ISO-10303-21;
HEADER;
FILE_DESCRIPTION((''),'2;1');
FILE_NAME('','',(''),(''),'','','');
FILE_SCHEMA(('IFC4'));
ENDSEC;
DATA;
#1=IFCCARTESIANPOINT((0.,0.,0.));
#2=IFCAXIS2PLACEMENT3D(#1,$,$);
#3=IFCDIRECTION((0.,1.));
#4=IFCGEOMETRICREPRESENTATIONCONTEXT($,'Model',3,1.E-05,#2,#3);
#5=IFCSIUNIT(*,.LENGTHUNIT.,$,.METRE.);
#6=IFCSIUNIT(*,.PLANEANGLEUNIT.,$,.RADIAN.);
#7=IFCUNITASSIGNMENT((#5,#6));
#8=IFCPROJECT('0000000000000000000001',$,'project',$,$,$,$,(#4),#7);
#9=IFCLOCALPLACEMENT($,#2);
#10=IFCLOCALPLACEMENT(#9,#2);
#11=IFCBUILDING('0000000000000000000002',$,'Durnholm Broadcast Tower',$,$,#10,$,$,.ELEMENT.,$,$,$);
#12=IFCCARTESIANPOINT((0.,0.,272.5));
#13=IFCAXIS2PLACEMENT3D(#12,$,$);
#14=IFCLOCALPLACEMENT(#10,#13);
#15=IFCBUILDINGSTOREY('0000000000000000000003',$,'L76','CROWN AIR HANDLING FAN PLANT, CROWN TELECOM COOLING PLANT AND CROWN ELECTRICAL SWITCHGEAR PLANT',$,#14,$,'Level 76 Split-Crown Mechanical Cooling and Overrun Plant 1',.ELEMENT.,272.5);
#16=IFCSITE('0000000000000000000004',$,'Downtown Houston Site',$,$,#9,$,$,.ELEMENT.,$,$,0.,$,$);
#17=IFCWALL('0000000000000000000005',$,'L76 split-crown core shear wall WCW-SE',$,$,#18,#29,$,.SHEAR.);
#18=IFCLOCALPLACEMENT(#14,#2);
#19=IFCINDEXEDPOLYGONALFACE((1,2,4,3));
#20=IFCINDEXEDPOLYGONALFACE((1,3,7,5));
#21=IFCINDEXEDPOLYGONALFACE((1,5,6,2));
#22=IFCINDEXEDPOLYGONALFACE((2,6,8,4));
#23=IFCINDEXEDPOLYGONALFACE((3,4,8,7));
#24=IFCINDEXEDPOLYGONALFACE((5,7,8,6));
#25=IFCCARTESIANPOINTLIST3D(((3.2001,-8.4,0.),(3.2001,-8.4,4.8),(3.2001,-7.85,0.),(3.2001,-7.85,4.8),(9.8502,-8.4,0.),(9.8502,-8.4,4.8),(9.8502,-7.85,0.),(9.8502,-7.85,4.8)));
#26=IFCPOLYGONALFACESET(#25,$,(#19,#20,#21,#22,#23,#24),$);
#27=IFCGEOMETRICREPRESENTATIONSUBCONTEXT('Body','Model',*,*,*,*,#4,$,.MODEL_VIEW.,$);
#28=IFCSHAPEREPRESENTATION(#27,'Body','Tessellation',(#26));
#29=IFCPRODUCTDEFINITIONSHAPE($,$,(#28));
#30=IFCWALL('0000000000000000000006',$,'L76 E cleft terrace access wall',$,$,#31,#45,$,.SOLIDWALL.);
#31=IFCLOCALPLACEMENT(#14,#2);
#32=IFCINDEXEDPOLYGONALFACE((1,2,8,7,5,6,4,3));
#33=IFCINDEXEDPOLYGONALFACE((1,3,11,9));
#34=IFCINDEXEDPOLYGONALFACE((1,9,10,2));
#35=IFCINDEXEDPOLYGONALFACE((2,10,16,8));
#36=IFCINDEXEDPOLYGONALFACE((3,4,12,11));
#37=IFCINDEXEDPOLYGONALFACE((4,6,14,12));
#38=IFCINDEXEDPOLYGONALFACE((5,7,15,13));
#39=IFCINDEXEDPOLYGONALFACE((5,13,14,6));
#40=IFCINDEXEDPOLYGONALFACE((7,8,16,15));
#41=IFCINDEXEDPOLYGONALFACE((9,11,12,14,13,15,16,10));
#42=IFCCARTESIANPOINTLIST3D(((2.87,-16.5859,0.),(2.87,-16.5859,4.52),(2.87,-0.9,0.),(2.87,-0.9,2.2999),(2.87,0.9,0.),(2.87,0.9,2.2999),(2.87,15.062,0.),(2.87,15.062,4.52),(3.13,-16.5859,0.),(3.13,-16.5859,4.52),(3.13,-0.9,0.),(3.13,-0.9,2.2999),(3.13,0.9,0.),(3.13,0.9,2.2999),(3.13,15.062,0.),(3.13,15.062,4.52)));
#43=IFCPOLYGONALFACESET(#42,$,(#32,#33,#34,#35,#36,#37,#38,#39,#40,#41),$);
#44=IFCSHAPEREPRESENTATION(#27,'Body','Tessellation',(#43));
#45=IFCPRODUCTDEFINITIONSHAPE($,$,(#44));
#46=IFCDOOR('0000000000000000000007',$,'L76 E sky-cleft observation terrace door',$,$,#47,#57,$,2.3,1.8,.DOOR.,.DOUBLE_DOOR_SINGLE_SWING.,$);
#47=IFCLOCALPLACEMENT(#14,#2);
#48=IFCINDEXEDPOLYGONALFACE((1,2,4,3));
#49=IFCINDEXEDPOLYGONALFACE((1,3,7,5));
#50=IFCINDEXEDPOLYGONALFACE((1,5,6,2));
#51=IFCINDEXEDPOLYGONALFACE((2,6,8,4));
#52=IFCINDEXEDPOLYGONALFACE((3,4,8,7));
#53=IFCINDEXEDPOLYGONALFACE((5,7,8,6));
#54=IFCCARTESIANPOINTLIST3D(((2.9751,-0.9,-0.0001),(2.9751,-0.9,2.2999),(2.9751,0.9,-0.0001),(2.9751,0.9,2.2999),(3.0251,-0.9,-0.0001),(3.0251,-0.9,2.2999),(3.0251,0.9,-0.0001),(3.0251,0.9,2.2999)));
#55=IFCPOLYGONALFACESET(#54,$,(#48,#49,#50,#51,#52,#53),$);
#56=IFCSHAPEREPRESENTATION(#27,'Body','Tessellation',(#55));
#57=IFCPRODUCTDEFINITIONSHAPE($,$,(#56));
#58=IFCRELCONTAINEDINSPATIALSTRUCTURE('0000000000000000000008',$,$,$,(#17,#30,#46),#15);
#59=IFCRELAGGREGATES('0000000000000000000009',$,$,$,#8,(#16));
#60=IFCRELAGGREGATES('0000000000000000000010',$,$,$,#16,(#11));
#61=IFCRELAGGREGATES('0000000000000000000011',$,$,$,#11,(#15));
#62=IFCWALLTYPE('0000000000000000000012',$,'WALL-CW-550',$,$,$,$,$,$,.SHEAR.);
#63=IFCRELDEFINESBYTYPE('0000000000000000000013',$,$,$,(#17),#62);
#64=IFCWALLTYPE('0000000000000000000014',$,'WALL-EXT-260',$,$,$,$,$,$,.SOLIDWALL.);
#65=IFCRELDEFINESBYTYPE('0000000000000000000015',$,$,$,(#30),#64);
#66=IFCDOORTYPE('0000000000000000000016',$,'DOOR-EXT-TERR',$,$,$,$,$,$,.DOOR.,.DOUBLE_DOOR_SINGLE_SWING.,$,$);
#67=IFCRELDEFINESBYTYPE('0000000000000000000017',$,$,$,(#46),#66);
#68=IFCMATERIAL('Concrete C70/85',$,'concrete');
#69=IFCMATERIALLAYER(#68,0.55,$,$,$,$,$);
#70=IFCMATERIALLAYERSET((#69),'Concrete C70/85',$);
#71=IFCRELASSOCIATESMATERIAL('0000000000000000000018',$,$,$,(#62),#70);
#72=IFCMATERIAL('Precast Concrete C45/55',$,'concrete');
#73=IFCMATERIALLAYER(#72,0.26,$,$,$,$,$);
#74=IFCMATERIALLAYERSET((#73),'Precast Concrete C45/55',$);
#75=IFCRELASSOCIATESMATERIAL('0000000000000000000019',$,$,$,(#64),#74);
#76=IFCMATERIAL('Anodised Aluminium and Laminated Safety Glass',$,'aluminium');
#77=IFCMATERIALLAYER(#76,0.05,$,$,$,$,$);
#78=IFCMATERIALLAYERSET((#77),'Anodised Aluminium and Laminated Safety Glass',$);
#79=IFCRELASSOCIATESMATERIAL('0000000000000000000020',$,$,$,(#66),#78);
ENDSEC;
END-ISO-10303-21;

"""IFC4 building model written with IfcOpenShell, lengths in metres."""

from ifc_helpers import new_model, si_unit, direction, frame, frame_2d, origin, place, context, subcontext, project, spatial, rectangle, extrude, source, transform, mapped, material, layer, layer_set, type_object, type_shapes, element, fill, save


model = new_model("IFC4")

# Units and contexts
model_context = context("Model", 3, precision=1e-05, world=origin(), true_north=direction((0.0, 1.0)))
body_context = subcontext(model_context, "Body", "Model", "MODEL_VIEW")
ifc_project = project(units=[si_unit("LENGTHUNIT", "METRE"), si_unit("PLANEANGLEUNIT", "RADIAN")], contexts=[model_context])

# Site, building, storey
site_placement = place(None, origin())
site = spatial("IfcSite", under=ifc_project, at=site_placement, Name="Downtown Houston Site", CompositionType="ELEMENT", RefElevation=0.0)
building_placement = place(site_placement, origin())
building = spatial("IfcBuilding", under=site, at=building_placement, Name="Durnholm Broadcast Tower", CompositionType="ELEMENT")
storey_placement = place(building_placement, frame((0.0, 0.0, 272.5)))
storey = spatial("IfcBuildingStorey", under=building, at=storey_placement, Name="L76", Description="CROWN AIR HANDLING FAN PLANT, CROWN TELECOM COOLING PLANT AND CROWN ELECTRICAL SWITCHGEAR PLANT", LongName="Level 76 Split-Crown Mechanical Cooling and Overrun Plant 1", CompositionType="ELEMENT", Elevation=272.5)

# Wall
ifc_material_1 = material(Name="Concrete C70/85", Category="concrete")
ifc_layer_1 = layer(ifc_material_1, 0.55)
ifc_layer_set_1 = layer_set([ifc_layer_1], Name="Concrete C70/85")
wall_type_1 = type_object("IfcWallType", Name="WALL-CW-550", PredefinedType="SHEAR", material=ifc_layer_set_1)
wall_1_placement = place(storey_placement, frame((3.2, -8.125, 0.0), z_axis=(0.0, 0.0, 1.0), x_axis=(1.0, 0.0, 0.0)))
element("IfcWall", 1, at=wall_1_placement, inside=storey, type_object=wall_type_1, Name="L76 split-crown core shear wall WCW-SE", PredefinedType="SHEAR", context=body_context, shape_type="SweptSolid", body=[
    extrude(rectangle(XDim=6.6501, YDim=0.55, at=frame_2d((3.3252, 0.0))), origin(), (0.0, 0.0, 1.0), 4.8),
])

# Wall, opening, door
ifc_material_2 = material(Name="Precast Concrete C45/55", Category="concrete")
ifc_layer_2 = layer(ifc_material_2, 0.26)
ifc_layer_set_2 = layer_set([ifc_layer_2], Name="Precast Concrete C45/55")
wall_type_2 = type_object("IfcWallType", Name="WALL-EXT-260", PredefinedType="SOLIDWALL", material=ifc_layer_set_2)
wall_2_placement = place(storey_placement, frame((3.0, -16.5859, 0.0), z_axis=(0.0, 0.0, 1.0), x_axis=(0.0, 1.0, 0.0)))
wall_2 = element("IfcWall", 2, at=wall_2_placement, inside=storey, type_object=wall_type_2, Name="L76 E cleft terrace access wall", PredefinedType="SOLIDWALL", context=body_context, shape_type="SweptSolid", body=[
    extrude(rectangle(XDim=31.6479, YDim=0.26, at=frame_2d((15.824, 0.0))), origin(), (0.0, 0.0, 1.0), 4.52),
])
opening_placement = place(wall_2_placement, frame((15.686, 0.0, 0.0)))
opening = element("IfcOpeningElement", 3, at=opening_placement, cuts=wall_2, PredefinedType="OPENING", context=body_context, shape_type="SweptSolid", body=[
    extrude(rectangle(XDim=1.8, YDim=2.3, at=frame_2d((0.8999, 1.1499))), frame((0.0, 0.1401, 0.0), z_axis=(0.0, -1.0, 0.0), x_axis=(1.0, 0.0, 0.0)), (0.0, 0.0, 1.0), 0.28),
])
ifc_material_3 = material(Name="Anodised Aluminium and Laminated Safety Glass", Category="aluminium")
ifc_layer_3 = layer(ifc_material_3, 0.05)
ifc_layer_set_3 = layer_set([ifc_layer_3], Name="Anodised Aluminium and Laminated Safety Glass")
door_type = type_object("IfcDoorType", Name="DOOR-EXT-TERR", OperationType="DOUBLE_DOOR_SINGLE_SWING", PredefinedType="DOOR", material=ifc_layer_set_3)
shared_shape_1 = source(origin(), body_context, "Body", "SweptSolid", [
    extrude(rectangle(XDim=1.8, YDim=2.3, at=frame_2d((0.8999, 1.1499))), frame((0.0, 0.0249, 0.0), z_axis=(0.0, -1.0, 0.0), x_axis=(1.0, 0.0, 0.0)), (0.0, 0.0, 1.0), 0.05),
])
type_shapes(door_type, [shared_shape_1])
door_placement = place(opening_placement, origin())
door = element("IfcDoor", 4, at=door_placement, inside=storey, type_object=door_type, Name="L76 E sky-cleft observation terrace door", OperationType="DOUBLE_DOOR_SINGLE_SWING", OverallHeight=2.3, OverallWidth=1.8, PredefinedType="DOOR", context=body_context, shape_type="MappedRepresentation", body=[
    mapped(shared_shape_1, transform((0.0, 0.0, 0.0), x_axis=(1.0, 0.0, 0.0), y_axis=(0.0, 1.0, 0.0), z_axis=(0.0, 0.0, 1.0), scale=1.0)),
])
fill(opening, door)

save(model, "model.ifc")
